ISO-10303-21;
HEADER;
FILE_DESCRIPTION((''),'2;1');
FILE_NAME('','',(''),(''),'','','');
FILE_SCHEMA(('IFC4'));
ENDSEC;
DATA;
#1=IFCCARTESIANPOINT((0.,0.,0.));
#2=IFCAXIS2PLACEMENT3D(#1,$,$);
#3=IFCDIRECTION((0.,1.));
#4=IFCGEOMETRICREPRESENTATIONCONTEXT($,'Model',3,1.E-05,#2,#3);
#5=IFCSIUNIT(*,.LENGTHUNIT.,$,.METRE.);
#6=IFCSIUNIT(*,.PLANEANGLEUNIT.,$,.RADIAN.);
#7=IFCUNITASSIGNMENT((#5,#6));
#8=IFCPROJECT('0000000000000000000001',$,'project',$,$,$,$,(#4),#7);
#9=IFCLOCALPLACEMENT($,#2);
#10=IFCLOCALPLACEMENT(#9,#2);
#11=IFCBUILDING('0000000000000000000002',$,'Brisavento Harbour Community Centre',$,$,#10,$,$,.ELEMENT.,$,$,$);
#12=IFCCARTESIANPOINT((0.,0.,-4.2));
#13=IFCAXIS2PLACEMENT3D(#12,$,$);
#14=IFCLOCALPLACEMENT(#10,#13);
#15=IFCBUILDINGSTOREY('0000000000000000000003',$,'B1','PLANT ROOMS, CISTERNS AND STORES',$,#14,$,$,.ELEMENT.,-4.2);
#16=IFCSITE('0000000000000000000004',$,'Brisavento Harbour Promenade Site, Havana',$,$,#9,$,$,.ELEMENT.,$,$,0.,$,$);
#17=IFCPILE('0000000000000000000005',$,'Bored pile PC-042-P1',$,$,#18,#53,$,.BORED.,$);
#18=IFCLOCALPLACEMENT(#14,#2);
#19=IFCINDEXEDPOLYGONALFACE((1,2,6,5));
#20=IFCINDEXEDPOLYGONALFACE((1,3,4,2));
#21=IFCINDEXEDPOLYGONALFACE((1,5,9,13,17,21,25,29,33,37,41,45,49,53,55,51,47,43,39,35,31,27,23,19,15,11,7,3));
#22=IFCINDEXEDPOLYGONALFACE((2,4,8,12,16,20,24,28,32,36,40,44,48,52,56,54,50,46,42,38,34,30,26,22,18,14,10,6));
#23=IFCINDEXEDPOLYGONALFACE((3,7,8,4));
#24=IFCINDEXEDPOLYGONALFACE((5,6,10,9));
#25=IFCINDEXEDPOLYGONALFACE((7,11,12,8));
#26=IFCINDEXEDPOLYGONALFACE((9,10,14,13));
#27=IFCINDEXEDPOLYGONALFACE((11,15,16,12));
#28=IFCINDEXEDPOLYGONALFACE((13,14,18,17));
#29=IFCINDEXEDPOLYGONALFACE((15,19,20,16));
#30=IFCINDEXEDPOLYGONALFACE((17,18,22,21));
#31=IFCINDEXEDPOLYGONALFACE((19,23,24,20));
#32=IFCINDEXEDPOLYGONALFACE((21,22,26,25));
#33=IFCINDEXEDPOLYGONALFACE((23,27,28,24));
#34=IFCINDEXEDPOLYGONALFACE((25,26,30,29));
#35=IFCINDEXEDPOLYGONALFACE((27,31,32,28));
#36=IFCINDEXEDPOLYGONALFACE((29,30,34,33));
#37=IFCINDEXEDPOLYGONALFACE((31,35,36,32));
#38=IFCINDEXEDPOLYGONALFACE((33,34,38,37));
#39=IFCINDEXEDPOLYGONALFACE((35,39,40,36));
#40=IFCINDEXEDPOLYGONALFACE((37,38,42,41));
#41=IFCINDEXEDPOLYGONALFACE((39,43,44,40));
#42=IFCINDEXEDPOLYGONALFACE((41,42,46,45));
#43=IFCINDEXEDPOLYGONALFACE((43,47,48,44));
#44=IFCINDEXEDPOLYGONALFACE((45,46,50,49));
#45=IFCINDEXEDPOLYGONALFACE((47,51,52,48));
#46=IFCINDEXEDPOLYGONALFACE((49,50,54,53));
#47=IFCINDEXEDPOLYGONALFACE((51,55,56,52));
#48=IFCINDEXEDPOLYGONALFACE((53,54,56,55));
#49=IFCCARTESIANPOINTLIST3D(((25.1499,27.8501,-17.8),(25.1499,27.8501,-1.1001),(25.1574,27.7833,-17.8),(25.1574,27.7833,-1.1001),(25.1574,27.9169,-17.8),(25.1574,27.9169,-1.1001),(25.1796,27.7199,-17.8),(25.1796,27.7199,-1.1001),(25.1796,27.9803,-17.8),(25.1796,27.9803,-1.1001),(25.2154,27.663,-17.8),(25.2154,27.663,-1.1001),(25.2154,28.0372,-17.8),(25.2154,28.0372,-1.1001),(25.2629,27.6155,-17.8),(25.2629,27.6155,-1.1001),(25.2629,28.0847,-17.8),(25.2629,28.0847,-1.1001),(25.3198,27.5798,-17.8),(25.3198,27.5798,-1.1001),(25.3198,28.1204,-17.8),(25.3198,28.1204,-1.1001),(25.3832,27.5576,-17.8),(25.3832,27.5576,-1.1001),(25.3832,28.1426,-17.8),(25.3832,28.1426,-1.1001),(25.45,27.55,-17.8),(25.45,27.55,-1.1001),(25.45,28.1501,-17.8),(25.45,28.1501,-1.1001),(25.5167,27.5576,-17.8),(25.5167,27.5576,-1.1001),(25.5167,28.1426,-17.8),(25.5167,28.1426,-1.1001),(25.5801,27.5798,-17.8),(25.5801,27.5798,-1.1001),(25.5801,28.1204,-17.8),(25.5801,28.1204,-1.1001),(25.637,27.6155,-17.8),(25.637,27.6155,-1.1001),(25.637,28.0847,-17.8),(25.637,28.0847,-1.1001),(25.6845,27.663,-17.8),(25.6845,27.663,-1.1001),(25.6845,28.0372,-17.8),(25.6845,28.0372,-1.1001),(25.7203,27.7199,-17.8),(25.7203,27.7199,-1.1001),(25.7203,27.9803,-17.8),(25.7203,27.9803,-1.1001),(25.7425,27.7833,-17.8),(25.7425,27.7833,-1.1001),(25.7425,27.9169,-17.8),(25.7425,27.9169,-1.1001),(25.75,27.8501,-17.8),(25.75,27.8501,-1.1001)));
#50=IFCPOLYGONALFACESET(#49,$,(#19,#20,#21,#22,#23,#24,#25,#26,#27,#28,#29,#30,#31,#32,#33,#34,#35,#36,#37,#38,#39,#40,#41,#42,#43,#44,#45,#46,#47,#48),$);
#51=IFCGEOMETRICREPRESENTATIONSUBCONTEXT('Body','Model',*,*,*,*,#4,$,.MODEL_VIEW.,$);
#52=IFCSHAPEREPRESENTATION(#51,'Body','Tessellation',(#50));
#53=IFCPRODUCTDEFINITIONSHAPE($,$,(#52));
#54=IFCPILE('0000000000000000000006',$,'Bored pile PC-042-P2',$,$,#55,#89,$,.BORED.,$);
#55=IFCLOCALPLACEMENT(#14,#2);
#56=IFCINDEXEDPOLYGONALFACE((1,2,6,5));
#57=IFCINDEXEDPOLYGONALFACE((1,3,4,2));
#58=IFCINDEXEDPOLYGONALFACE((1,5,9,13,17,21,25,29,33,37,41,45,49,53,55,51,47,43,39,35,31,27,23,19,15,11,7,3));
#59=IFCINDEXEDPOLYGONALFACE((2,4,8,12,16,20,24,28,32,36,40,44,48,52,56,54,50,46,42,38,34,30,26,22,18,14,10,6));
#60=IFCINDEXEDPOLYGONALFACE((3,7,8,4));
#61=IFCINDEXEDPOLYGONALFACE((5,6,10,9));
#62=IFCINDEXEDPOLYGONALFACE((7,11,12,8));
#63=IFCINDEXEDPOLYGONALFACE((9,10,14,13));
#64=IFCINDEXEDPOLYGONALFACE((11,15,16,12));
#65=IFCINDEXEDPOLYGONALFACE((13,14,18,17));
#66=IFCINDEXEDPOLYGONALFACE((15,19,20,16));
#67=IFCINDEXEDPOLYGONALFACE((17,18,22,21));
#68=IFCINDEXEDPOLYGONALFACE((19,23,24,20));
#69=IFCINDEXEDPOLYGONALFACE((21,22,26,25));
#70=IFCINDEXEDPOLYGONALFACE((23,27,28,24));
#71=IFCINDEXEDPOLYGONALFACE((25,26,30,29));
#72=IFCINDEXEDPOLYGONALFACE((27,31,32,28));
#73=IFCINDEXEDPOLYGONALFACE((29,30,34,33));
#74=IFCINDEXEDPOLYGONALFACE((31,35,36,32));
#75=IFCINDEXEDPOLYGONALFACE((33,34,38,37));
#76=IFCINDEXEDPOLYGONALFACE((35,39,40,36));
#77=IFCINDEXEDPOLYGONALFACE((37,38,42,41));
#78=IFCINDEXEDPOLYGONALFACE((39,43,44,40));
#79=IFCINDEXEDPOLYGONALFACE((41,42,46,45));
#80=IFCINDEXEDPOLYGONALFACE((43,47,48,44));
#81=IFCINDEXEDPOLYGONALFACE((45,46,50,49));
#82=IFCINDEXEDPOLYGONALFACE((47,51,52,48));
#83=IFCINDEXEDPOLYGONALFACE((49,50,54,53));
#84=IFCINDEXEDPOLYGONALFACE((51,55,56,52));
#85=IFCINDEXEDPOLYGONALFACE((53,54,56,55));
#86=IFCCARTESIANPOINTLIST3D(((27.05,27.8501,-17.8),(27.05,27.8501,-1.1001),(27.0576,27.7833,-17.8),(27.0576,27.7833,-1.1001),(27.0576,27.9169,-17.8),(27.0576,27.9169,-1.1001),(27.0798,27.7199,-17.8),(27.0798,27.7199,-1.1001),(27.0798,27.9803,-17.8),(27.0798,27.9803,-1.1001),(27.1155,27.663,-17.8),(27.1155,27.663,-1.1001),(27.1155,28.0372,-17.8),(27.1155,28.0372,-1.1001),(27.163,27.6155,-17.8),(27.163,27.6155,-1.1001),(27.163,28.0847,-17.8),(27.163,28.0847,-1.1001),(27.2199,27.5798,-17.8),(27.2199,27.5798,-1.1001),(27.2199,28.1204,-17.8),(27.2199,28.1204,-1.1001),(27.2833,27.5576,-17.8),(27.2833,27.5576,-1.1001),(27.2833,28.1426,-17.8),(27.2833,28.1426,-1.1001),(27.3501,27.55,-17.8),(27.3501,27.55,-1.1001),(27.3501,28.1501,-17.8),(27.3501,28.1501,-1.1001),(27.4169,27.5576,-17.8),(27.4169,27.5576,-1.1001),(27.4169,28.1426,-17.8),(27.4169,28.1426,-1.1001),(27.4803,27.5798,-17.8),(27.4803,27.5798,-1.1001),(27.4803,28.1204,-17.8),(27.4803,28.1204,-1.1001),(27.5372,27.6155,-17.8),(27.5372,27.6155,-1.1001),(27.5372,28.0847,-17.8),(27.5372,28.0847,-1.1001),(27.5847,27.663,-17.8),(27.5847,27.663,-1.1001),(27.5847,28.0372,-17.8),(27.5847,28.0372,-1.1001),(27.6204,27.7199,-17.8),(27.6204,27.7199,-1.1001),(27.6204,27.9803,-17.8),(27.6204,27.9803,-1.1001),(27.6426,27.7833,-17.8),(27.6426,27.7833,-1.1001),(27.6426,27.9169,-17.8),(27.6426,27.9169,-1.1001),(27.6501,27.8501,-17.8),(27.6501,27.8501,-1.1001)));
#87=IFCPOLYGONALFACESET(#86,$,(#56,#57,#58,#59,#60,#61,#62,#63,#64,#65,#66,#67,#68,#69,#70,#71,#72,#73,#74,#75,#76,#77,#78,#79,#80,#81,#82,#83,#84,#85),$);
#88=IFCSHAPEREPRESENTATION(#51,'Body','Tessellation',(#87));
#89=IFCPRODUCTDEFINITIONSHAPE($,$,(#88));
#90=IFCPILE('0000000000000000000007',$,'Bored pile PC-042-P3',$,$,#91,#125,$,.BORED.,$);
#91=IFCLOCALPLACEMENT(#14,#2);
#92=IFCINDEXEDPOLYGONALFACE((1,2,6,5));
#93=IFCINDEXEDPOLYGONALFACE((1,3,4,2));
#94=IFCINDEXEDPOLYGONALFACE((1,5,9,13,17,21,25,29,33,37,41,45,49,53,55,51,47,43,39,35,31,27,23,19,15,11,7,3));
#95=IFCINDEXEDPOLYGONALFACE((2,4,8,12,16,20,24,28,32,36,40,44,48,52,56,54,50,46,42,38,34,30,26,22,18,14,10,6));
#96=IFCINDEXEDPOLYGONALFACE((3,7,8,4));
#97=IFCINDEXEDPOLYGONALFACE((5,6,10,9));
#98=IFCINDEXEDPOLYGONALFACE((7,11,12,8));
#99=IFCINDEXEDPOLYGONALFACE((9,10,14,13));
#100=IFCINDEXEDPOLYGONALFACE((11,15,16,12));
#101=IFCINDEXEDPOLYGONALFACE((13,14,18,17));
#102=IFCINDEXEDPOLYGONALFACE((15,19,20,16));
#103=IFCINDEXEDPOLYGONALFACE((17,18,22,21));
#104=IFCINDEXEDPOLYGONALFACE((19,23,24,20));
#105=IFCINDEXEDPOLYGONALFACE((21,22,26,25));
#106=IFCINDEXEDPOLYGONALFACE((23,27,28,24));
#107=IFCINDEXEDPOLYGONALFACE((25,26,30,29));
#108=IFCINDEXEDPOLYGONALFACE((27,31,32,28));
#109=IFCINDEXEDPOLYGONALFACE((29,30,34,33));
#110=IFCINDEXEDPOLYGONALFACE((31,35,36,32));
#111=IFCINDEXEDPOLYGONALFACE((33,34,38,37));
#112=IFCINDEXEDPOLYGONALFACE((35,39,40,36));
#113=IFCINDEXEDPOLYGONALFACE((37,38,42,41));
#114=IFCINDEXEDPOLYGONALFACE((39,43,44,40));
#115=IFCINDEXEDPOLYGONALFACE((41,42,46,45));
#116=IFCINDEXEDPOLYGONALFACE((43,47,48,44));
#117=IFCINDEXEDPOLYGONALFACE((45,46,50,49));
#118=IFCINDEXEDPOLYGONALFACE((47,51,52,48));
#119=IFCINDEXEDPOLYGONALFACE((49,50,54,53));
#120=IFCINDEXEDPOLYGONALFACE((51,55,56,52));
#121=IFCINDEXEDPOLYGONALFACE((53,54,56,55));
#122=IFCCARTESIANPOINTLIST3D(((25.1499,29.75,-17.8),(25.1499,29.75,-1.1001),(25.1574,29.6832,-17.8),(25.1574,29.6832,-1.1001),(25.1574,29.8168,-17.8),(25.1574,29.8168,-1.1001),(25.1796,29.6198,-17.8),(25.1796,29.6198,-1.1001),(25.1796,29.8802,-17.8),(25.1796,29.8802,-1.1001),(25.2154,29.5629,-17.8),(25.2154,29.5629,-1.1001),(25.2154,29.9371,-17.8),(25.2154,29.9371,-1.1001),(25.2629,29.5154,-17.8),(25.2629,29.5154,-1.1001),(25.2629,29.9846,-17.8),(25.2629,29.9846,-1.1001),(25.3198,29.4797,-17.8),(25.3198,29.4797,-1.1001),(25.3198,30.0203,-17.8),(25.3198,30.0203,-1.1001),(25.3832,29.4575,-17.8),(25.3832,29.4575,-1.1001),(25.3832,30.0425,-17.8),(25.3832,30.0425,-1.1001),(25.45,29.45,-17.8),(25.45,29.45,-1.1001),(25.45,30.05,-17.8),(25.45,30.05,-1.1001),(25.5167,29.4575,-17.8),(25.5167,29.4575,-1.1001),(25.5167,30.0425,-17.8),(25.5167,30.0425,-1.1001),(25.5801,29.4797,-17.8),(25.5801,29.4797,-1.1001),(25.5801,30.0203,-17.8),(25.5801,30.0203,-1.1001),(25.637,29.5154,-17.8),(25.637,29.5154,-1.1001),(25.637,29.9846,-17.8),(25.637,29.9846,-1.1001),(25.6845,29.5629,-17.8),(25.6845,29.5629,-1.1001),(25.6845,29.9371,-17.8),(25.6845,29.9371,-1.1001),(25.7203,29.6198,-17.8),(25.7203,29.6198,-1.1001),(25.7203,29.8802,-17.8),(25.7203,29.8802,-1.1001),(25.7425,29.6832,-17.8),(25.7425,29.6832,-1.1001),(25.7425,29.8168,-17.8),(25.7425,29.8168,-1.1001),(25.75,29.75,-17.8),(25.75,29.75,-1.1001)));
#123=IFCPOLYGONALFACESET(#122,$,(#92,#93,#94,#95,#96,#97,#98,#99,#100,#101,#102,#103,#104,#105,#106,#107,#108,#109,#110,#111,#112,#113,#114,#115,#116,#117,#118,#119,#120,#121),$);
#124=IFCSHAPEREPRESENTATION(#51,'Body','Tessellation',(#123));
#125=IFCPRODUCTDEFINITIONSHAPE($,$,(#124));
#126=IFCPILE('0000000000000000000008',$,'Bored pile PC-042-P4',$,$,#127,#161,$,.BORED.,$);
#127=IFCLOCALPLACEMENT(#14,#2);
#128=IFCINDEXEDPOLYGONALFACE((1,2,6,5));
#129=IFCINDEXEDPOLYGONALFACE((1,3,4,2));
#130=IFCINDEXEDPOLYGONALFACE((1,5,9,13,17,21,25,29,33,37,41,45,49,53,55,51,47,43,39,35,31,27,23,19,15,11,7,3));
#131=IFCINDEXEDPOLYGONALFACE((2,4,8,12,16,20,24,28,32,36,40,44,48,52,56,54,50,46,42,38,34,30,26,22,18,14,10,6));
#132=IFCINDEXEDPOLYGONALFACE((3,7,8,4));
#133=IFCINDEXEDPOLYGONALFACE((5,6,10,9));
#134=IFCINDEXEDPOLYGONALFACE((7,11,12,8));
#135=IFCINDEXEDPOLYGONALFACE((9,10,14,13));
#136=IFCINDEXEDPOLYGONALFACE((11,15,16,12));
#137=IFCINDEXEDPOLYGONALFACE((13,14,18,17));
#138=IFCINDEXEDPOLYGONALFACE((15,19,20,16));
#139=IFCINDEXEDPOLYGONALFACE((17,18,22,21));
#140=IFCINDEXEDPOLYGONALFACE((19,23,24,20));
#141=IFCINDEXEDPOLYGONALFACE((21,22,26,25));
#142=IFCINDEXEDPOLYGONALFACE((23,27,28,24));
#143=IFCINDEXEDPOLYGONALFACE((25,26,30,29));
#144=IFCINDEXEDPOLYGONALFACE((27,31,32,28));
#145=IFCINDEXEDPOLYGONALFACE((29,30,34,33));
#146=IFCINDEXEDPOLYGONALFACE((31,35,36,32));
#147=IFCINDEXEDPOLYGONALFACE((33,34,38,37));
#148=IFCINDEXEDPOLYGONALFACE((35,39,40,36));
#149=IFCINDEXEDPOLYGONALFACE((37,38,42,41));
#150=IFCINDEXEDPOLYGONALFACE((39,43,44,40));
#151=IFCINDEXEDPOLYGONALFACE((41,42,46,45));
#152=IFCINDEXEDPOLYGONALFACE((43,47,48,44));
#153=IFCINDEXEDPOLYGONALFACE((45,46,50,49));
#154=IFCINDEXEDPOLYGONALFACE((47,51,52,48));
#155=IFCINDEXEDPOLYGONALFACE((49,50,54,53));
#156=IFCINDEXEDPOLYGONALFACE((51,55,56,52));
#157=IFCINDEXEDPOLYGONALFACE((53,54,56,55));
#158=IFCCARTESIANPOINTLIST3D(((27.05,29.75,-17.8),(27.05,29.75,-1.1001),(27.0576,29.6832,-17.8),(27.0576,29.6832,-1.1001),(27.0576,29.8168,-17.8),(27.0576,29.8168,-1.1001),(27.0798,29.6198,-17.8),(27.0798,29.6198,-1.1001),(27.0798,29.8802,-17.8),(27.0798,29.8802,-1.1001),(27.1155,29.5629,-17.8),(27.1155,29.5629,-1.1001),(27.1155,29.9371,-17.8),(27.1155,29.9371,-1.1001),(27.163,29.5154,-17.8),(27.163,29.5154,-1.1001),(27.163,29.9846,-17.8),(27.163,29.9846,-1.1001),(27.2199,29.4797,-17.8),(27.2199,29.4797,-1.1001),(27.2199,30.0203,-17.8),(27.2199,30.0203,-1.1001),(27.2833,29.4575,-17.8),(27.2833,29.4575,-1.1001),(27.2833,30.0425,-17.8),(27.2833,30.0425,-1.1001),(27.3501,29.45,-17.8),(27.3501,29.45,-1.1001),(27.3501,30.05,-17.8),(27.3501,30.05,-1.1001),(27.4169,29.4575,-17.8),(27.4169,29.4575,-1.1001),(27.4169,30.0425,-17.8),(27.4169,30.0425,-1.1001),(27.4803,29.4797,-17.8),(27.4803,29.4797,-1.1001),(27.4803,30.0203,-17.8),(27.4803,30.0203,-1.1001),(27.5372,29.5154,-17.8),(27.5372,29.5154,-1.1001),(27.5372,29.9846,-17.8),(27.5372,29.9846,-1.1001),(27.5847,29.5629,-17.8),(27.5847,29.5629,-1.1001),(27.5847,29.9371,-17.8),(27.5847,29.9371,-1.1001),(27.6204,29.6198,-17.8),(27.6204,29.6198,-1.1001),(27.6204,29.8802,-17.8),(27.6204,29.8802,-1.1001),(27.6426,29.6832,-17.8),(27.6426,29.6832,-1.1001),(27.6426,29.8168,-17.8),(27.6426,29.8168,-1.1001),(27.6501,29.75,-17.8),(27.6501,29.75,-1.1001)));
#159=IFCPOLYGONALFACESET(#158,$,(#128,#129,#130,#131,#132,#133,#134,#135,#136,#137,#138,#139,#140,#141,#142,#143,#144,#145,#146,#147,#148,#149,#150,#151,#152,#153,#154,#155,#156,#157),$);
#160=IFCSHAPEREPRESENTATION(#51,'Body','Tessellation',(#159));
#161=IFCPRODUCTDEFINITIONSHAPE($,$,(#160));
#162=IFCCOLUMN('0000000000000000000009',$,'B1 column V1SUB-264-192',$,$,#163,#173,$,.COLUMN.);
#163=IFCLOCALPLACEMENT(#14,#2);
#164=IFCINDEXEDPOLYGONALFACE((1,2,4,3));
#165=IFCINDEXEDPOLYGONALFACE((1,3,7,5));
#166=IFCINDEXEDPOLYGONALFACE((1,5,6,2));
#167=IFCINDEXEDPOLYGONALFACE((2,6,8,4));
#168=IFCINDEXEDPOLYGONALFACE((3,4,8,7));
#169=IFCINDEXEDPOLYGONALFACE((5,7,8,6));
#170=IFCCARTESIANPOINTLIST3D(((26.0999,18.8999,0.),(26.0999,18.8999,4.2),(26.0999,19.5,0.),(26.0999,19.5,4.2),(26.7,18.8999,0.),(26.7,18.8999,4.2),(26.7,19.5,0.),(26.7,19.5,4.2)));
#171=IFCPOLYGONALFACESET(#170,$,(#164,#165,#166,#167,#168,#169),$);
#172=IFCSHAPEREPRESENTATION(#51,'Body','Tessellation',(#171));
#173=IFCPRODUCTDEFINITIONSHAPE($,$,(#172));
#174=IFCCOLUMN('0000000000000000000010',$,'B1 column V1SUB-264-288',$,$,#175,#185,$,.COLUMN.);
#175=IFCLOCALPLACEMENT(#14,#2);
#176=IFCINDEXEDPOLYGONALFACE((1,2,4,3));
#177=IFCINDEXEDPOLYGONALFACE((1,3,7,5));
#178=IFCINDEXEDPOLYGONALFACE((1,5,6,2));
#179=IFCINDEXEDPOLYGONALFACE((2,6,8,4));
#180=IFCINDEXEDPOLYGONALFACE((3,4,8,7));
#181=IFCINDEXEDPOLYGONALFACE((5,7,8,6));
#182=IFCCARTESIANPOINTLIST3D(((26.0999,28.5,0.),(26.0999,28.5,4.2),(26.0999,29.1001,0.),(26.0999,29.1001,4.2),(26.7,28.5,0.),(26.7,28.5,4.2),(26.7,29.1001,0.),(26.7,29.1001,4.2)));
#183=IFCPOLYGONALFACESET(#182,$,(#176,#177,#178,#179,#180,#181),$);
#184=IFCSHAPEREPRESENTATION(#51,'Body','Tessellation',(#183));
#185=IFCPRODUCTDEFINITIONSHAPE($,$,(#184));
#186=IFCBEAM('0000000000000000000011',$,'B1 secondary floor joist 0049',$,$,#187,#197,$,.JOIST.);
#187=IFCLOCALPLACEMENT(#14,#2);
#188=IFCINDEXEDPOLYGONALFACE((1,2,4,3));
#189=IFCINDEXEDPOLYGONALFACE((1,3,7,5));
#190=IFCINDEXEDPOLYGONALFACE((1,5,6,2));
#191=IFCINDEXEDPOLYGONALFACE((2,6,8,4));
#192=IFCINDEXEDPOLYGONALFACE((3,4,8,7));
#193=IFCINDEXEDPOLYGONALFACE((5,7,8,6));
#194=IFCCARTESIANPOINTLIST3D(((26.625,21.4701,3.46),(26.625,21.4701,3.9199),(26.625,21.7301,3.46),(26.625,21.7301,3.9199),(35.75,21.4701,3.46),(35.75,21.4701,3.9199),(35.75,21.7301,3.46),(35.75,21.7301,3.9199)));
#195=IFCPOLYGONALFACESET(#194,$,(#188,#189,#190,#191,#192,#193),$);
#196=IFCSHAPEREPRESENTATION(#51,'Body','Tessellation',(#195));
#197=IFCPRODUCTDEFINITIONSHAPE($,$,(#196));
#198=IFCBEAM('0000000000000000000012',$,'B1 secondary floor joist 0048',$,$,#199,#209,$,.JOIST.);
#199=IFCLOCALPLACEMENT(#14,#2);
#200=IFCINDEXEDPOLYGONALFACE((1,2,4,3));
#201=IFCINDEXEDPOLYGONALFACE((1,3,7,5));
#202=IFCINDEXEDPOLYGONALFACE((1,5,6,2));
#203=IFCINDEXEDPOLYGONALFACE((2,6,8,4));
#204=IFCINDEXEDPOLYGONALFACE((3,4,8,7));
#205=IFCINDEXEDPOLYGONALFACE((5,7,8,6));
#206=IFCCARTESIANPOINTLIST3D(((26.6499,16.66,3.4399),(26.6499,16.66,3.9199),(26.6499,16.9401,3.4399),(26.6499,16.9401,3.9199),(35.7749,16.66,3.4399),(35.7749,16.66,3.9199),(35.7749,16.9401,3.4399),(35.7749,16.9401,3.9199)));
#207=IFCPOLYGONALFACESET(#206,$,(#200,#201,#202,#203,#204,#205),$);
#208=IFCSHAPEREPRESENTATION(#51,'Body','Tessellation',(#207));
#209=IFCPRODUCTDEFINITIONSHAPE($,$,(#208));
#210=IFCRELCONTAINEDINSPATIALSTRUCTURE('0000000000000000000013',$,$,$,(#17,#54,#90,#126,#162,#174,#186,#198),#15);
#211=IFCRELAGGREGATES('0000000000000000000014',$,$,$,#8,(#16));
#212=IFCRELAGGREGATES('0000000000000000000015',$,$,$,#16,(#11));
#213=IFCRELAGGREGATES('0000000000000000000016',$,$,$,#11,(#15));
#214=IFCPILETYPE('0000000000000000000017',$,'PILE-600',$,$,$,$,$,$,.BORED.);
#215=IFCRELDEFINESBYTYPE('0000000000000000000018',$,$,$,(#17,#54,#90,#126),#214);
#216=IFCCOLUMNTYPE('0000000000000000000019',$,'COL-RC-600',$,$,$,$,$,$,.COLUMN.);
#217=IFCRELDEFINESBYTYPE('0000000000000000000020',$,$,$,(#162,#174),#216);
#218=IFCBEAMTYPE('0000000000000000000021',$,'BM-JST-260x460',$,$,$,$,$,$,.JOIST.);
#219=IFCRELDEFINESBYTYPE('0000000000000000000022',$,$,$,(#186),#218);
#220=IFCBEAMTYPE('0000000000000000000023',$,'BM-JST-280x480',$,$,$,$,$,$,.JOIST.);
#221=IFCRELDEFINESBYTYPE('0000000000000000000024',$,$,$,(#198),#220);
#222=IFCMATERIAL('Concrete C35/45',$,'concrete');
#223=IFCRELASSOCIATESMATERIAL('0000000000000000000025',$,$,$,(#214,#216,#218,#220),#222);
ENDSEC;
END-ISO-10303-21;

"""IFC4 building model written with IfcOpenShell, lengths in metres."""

from ifc_helpers import new_model, si_unit, direction, frame, origin, origin_2d, place, context, subcontext, project, spatial, rectangle, circle, extrude, material, material_profile, profile_set, type_object, element, save


model = new_model("IFC4")

# Units and contexts
model_context = context("Model", 3, precision=1e-05, world=origin(), true_north=direction((0.0, 1.0)))
body_context = subcontext(model_context, "Body", "Model", "MODEL_VIEW")
ifc_project = project(units=[si_unit("LENGTHUNIT", "METRE"), si_unit("PLANEANGLEUNIT", "RADIAN")], contexts=[model_context])

# Site, building, storey
site_placement = place(None, origin())
site = spatial("IfcSite", under=ifc_project, at=site_placement, Name="Brisavento Harbour Promenade Site, Havana", CompositionType="ELEMENT", RefElevation=0.0)
building_placement = place(site_placement, origin())
building = spatial("IfcBuilding", under=site, at=building_placement, Name="Brisavento Harbour Community Centre", CompositionType="ELEMENT")
storey_placement = place(building_placement, frame((0.0, 0.0, -4.2)))
storey = spatial("IfcBuildingStorey", under=building, at=storey_placement, Name="B1", Description="PLANT ROOMS, CISTERNS AND STORES", CompositionType="ELEMENT", Elevation=-4.2)

# Shared definitions
ifc_material_1 = material(Name="Concrete C35/45", Category="concrete")

# Piles
ifc_material_profile_1 = material_profile(ifc_material_1, circle(Radius=0.3, at=origin_2d()), Name="Concrete C35/45")
ifc_profile_set_1 = profile_set([ifc_material_profile_1], Name="Concrete C35/45")
pile_type = type_object("IfcPileType", Name="PILE-600", PredefinedType="BORED", material=ifc_profile_set_1)
for number, where, z_axis, x_axis, name in (
    (1, (25.45, 27.8501, -1.1001), (0.0, 0.0, -1.0), (1.0, 0.0, 0.0), "Bored pile PC-042-P1"),
    (2, (27.3501, 27.8501, -1.1001), (0.0, 0.0, -1.0), (1.0, 0.0, 0.0), "Bored pile PC-042-P2"),
    (3, (25.45, 29.75, -1.1001), (0.0, 0.0, -1.0), (1.0, 0.0, 0.0), "Bored pile PC-042-P3"),
    (4, (27.3501, 29.75, -1.1001), (0.0, 0.0, -1.0), (1.0, 0.0, 0.0), "Bored pile PC-042-P4"),
):
    element("IfcPile", number, at=place(storey_placement, frame(where, z_axis=z_axis, x_axis=x_axis)), inside=storey, type_object=pile_type, Name=name, PredefinedType="BORED", context=body_context, shape_type="SweptSolid", body=[
        extrude(circle(Radius=0.3, at=origin_2d()), origin(), (0.0, 0.0, 1.0), 16.7),
    ])

# Columns
ifc_material_profile_2 = material_profile(ifc_material_1, rectangle(XDim=0.6001, YDim=0.6001, at=origin_2d()), Name="Concrete C35/45")
ifc_profile_set_2 = profile_set([ifc_material_profile_2], Name="Concrete C35/45")
column_type = type_object("IfcColumnType", Name="COL-RC-600", PredefinedType="COLUMN", material=ifc_profile_set_2)
for number, where, z_axis, x_axis, name in (
    (5, (26.3999, 19.2, 0.0), (0.0, 0.0, 1.0), (1.0, 0.0, 0.0), "B1 column V1SUB-264-192"),
    (6, (26.3999, 28.8, 0.0), (0.0, 0.0, 1.0), (1.0, 0.0, 0.0), "B1 column V1SUB-264-288"),
):
    element("IfcColumn", number, at=place(storey_placement, frame(where, z_axis=z_axis, x_axis=x_axis)), inside=storey, type_object=column_type, Name=name, PredefinedType="COLUMN", context=body_context, shape_type="SweptSolid", body=[
        extrude(rectangle(XDim=0.6001, YDim=0.6001, at=origin_2d()), origin(), (0.0, 0.0, 1.0), 4.2),
    ])

# Beams
ifc_material_profile_3 = material_profile(ifc_material_1, rectangle(XDim=0.26, YDim=0.46, at=origin_2d()), Name="Concrete C35/45")
ifc_profile_set_3 = profile_set([ifc_material_profile_3], Name="Concrete C35/45")
beam_type_1 = type_object("IfcBeamType", Name="BM-JST-260x460", PredefinedType="JOIST", material=ifc_profile_set_3)
beam_1_placement = place(storey_placement, frame((26.625, 21.6001, 3.6899), z_axis=(1.0, 0.0, 0.0), x_axis=(0.0, 1.0, 0.0)))
element("IfcBeam", 7, at=beam_1_placement, inside=storey, type_object=beam_type_1, Name="B1 secondary floor joist 0049", PredefinedType="JOIST", context=body_context, shape_type="SweptSolid", body=[
    extrude(rectangle(XDim=0.26, YDim=0.46, at=origin_2d()), origin(), (0.0, 0.0, 1.0), 9.125),
])
ifc_material_profile_4 = material_profile(ifc_material_1, rectangle(XDim=0.28, YDim=0.48, at=origin_2d()), Name="Concrete C35/45")
ifc_profile_set_4 = profile_set([ifc_material_profile_4], Name="Concrete C35/45")
beam_type_2 = type_object("IfcBeamType", Name="BM-JST-280x480", PredefinedType="JOIST", material=ifc_profile_set_4)
beam_2_placement = place(storey_placement, frame((26.6499, 16.8, 3.6799), z_axis=(1.0, 0.0, 0.0), x_axis=(0.0, 1.0, 0.0)))
element("IfcBeam", 8, at=beam_2_placement, inside=storey, type_object=beam_type_2, Name="B1 secondary floor joist 0048", PredefinedType="JOIST", context=body_context, shape_type="SweptSolid", body=[
    extrude(rectangle(XDim=0.28, YDim=0.48, at=origin_2d()), origin(), (0.0, 0.0, 1.0), 9.125),
])

save(model, "model.ifc")
